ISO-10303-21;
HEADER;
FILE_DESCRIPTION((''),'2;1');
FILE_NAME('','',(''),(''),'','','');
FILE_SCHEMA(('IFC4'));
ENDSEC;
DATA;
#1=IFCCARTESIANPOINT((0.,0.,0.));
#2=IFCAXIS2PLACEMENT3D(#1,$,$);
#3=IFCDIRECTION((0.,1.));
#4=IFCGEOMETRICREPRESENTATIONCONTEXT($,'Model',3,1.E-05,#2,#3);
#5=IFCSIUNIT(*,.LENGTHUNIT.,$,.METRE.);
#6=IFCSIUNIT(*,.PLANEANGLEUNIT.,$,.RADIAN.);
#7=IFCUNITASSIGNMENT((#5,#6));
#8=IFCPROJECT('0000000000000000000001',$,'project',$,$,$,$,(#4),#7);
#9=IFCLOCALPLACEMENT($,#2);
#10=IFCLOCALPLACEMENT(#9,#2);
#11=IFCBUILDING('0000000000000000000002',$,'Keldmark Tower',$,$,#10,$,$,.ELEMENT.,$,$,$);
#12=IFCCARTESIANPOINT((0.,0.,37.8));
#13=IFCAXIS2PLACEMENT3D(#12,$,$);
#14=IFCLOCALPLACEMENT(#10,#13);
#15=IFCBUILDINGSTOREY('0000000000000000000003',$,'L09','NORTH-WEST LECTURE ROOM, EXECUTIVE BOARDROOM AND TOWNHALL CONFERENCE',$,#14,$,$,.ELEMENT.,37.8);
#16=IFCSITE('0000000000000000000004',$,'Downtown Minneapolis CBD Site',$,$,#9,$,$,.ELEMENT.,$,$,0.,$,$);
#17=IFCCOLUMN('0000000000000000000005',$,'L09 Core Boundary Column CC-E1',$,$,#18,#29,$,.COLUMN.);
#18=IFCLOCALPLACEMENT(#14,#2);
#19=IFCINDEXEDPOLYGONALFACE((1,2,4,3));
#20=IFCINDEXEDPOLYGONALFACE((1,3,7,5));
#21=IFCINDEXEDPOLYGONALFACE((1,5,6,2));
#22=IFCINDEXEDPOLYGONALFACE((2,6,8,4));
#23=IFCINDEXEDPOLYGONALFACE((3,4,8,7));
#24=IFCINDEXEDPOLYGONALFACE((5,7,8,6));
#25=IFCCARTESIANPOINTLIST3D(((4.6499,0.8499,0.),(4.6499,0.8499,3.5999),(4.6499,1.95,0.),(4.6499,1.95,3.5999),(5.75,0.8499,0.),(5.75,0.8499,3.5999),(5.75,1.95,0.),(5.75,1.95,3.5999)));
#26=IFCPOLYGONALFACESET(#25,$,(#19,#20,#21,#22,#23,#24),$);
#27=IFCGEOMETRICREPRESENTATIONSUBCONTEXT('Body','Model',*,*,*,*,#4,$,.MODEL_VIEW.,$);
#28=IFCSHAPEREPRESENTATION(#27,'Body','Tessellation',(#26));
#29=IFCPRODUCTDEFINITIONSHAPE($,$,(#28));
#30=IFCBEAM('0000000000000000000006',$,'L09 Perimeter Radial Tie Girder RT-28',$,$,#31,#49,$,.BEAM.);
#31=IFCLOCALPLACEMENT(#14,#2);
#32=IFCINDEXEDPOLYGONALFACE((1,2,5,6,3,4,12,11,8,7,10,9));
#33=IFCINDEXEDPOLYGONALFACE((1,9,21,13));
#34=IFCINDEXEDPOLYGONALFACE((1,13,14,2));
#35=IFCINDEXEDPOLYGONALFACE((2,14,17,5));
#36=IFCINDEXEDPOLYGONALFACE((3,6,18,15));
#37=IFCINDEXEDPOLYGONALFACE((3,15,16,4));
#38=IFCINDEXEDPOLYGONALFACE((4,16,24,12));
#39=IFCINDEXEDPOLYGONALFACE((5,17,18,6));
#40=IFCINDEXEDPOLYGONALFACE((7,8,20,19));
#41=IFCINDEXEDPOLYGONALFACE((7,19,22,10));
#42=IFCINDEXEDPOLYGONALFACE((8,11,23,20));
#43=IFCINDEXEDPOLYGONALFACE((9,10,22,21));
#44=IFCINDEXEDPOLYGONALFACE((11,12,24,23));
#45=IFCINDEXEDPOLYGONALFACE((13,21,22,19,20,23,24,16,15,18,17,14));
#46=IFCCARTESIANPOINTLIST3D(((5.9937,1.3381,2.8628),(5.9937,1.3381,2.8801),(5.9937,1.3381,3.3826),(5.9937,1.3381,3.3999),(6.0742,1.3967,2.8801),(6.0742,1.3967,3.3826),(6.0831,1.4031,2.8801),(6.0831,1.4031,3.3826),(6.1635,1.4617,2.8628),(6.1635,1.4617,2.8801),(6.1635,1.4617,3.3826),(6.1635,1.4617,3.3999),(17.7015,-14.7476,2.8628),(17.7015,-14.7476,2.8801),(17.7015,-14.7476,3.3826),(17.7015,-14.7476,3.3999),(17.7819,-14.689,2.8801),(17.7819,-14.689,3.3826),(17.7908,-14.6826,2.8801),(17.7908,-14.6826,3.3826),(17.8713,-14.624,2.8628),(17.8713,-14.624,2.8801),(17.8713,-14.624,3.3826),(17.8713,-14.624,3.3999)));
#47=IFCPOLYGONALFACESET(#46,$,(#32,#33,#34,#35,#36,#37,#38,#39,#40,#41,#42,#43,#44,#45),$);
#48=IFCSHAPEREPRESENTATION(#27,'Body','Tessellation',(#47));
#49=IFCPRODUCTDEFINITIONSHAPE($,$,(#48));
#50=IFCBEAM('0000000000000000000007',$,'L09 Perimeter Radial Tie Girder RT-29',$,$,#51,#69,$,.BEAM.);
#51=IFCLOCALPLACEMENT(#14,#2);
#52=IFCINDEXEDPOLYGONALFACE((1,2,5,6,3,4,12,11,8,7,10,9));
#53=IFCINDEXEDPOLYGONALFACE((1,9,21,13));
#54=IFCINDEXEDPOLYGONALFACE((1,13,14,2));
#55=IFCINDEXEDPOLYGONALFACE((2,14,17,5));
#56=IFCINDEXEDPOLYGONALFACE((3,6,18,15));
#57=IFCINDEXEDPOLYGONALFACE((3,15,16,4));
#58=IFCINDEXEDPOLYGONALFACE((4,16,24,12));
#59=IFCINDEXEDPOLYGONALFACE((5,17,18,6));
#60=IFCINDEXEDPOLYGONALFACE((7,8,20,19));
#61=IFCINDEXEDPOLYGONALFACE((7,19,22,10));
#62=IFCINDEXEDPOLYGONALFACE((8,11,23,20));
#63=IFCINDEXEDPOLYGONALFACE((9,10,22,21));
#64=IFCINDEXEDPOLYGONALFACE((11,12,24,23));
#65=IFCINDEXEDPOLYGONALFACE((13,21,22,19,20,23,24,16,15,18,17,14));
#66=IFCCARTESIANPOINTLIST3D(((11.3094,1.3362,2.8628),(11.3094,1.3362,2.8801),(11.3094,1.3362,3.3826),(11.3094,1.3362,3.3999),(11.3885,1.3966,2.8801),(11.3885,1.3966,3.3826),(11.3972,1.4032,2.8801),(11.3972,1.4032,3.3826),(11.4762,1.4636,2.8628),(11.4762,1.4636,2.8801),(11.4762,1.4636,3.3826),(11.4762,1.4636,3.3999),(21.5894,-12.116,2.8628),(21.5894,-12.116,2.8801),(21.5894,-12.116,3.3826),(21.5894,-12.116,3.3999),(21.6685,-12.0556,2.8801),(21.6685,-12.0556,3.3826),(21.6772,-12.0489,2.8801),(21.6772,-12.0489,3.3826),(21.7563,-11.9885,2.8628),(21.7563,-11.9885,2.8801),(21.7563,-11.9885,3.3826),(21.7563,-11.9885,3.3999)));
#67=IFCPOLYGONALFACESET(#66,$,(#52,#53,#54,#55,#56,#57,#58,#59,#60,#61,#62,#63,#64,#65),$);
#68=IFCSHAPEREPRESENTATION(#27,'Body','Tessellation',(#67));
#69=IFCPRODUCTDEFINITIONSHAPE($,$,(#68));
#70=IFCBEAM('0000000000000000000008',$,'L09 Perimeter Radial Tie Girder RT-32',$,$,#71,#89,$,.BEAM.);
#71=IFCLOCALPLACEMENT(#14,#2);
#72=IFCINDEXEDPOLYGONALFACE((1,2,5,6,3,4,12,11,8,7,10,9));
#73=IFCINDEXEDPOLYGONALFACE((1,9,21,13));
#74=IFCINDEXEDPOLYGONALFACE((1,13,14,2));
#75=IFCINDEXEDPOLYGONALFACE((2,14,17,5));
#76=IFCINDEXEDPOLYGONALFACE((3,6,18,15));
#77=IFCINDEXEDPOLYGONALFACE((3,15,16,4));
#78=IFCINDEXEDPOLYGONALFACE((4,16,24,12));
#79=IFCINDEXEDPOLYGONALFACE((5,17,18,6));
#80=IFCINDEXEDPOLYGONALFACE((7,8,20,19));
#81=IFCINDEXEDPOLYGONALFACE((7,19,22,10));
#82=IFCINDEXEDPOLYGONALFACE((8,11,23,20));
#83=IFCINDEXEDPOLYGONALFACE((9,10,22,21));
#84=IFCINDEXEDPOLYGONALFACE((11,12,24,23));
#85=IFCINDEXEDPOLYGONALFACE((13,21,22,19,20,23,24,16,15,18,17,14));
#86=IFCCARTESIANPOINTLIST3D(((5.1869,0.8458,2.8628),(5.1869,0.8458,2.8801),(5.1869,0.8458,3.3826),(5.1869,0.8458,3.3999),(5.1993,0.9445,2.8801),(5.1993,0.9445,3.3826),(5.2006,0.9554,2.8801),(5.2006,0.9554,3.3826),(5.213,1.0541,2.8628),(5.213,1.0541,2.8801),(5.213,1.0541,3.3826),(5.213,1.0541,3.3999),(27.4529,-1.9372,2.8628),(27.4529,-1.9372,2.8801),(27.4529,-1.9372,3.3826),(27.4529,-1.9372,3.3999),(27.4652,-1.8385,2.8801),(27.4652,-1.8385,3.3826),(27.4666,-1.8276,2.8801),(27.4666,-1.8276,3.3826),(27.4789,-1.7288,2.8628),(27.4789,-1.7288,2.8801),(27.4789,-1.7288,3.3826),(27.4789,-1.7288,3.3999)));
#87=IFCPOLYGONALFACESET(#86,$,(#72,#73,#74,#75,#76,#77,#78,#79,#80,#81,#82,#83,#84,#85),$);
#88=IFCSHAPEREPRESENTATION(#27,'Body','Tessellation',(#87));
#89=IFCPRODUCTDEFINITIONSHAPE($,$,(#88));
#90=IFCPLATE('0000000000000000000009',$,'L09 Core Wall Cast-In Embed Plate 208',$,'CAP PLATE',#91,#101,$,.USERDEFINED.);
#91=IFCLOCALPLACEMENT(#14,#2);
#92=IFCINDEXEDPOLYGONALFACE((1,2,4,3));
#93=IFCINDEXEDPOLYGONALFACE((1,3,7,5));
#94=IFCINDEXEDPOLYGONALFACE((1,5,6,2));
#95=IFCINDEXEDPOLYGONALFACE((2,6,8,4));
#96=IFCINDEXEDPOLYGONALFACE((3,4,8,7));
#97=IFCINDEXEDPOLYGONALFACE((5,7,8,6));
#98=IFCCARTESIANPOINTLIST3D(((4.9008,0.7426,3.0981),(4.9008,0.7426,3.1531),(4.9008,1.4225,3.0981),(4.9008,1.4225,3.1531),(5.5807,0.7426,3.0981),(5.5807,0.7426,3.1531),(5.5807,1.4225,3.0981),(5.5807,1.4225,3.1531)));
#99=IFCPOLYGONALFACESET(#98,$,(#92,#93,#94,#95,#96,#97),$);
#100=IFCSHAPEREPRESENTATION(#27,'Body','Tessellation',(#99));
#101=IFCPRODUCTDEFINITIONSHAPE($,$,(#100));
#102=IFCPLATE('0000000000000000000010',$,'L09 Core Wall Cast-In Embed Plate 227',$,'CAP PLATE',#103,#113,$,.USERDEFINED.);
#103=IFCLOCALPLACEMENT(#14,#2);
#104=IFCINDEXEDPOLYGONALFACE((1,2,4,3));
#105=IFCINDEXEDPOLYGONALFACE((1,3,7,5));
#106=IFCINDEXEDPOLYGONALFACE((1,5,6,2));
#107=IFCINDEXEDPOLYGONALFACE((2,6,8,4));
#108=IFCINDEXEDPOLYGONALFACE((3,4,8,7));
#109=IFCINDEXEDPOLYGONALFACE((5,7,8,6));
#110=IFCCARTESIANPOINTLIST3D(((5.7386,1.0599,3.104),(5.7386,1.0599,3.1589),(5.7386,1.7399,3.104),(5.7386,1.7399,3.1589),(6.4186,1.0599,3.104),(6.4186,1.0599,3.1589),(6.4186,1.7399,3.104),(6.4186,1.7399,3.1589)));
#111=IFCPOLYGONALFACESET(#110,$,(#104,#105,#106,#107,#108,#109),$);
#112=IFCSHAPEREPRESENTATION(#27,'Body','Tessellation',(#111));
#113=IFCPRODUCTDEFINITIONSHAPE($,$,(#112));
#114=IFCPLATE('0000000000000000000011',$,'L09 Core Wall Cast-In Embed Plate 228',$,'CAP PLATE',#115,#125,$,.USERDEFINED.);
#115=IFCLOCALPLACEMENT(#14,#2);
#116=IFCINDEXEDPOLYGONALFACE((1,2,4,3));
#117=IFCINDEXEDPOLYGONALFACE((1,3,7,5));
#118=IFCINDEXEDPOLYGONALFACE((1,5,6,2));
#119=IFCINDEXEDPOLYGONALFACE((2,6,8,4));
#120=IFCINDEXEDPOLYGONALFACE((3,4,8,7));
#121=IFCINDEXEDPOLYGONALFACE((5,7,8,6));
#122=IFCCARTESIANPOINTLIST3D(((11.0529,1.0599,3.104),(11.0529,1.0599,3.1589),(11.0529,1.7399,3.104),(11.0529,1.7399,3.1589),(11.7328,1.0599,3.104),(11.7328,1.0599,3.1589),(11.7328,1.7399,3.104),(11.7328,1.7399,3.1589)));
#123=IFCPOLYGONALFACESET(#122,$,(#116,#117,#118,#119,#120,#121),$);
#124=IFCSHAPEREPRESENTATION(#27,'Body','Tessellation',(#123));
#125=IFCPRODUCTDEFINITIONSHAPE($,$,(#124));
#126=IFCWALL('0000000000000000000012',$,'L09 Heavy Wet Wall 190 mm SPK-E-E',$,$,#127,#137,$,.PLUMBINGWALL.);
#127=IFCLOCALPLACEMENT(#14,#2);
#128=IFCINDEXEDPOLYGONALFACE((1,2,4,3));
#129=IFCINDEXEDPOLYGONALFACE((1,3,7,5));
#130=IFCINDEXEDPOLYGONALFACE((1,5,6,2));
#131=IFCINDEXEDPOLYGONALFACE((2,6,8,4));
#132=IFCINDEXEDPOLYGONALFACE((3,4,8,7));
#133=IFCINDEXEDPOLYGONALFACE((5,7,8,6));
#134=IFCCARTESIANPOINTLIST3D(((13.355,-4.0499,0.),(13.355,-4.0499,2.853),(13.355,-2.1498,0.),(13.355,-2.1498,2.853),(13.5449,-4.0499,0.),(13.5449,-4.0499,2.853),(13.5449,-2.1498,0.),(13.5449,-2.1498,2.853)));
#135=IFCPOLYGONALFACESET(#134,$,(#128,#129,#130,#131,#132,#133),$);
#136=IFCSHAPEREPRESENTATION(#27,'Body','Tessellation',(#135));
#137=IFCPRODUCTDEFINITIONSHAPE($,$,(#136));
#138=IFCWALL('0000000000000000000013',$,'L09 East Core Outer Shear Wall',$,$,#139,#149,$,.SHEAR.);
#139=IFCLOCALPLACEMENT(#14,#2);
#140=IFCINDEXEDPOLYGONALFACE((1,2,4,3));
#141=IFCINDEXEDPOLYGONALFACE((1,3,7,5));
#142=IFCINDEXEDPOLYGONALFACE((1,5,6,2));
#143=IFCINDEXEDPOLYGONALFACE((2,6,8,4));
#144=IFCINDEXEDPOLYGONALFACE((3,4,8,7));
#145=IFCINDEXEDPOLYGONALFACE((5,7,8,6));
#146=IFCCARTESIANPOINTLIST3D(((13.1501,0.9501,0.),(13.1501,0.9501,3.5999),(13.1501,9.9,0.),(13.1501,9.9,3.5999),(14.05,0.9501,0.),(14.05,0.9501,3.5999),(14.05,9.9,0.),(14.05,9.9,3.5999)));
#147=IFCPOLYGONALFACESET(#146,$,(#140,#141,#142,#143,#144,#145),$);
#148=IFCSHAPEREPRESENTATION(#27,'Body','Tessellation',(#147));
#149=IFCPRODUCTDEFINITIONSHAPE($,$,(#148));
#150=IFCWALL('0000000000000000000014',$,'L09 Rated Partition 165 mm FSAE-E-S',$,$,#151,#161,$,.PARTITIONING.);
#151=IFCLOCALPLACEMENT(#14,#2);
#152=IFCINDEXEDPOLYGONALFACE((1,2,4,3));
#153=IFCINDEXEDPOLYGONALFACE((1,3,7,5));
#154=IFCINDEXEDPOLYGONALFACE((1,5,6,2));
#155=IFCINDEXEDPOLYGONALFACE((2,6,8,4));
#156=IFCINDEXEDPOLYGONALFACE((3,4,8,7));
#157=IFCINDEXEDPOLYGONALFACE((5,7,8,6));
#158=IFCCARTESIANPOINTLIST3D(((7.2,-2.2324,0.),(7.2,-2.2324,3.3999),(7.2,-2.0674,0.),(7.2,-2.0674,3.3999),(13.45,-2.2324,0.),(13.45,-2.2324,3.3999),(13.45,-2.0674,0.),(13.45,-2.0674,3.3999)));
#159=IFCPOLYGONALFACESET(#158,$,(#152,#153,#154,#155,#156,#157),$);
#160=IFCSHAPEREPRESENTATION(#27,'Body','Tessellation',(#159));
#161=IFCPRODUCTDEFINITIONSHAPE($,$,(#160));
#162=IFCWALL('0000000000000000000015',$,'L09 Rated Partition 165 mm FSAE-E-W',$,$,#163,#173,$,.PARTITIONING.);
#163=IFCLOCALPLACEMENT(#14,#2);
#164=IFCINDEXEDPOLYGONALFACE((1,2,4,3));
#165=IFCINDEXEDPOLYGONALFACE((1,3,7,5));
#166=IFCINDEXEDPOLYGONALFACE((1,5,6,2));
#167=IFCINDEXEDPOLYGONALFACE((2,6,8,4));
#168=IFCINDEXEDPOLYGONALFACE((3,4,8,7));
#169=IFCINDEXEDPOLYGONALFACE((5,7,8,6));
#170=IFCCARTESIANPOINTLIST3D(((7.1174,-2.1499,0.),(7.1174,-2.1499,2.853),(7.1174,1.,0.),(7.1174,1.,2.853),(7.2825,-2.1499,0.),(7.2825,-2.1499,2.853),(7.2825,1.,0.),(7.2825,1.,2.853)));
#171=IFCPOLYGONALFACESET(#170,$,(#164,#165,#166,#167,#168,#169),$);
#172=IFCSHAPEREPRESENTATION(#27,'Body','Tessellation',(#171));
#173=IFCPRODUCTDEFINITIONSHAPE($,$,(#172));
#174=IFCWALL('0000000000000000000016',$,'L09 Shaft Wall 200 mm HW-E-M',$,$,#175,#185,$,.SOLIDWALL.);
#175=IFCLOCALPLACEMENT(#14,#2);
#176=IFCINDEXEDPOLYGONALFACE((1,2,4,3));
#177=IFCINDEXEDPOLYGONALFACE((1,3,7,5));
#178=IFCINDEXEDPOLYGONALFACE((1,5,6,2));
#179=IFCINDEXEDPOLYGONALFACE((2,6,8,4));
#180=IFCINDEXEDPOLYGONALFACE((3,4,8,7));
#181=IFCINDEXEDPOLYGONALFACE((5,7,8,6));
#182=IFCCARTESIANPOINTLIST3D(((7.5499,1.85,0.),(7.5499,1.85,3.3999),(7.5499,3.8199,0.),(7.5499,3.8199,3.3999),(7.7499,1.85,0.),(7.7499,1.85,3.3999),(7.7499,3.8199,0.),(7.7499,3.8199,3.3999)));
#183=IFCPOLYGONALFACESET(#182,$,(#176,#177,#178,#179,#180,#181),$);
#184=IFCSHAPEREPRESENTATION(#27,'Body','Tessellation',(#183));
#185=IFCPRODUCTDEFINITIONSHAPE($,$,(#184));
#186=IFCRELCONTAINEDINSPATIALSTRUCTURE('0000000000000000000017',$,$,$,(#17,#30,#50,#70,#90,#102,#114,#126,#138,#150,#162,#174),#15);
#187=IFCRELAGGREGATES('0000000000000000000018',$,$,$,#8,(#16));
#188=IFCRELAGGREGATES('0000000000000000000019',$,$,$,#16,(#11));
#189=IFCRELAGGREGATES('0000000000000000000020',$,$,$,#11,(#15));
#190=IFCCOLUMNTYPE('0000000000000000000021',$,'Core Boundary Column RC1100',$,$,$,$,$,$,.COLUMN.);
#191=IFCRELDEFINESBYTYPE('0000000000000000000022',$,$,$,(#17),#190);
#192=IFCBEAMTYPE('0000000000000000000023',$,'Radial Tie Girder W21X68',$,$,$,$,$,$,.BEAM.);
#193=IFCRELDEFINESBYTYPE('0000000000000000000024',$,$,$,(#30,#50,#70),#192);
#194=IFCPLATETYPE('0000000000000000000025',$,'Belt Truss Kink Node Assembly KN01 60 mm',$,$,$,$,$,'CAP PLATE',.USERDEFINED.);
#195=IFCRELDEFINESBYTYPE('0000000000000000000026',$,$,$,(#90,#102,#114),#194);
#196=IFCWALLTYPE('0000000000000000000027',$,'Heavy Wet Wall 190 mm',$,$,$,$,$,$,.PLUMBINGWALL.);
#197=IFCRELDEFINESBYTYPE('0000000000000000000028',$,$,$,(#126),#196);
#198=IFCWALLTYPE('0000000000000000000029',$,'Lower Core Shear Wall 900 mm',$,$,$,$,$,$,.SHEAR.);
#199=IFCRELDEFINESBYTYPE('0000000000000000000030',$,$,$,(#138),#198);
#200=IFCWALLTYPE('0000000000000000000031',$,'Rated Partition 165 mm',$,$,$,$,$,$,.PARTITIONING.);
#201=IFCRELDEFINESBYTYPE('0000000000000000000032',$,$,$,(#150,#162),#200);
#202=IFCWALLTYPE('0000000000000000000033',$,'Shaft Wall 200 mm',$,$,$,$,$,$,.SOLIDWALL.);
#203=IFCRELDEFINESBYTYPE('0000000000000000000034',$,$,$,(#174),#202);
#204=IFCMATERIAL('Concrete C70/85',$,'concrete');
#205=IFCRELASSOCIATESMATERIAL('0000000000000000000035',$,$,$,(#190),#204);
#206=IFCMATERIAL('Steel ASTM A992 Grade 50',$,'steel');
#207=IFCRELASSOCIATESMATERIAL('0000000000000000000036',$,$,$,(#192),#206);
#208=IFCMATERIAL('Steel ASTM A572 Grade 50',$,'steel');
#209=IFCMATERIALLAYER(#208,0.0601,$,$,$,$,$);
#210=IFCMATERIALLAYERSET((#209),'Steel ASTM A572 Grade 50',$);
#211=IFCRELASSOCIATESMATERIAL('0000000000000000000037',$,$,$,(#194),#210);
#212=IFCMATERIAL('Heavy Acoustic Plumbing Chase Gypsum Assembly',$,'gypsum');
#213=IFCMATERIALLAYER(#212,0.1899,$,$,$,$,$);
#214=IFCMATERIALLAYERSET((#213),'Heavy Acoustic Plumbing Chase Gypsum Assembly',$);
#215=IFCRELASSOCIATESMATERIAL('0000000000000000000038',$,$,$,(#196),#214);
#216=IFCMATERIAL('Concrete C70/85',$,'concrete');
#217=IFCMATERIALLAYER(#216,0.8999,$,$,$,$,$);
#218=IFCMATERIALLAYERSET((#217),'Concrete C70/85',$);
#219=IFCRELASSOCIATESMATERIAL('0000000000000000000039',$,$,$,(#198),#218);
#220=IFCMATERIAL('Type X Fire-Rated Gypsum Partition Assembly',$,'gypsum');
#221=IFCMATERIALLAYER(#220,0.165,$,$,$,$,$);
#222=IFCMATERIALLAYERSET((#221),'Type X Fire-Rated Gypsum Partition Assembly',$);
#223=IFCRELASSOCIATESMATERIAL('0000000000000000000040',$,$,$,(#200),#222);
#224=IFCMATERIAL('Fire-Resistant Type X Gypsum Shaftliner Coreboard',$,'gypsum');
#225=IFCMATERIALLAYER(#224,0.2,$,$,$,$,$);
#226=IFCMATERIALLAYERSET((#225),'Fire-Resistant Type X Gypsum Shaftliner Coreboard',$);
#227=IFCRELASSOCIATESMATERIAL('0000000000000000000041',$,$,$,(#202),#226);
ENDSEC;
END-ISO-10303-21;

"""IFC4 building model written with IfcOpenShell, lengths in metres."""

from ifc_helpers import new_model, si_unit, direction, frame, frame_2d, origin, origin_2d, place, context, subcontext, project, spatial, rectangle, i_section, extrude, material, layer, layer_set, material_profile, profile_set, type_object, element, save


model = new_model("IFC4")

# Units and contexts
model_context = context("Model", 3, precision=1e-05, world=origin(), true_north=direction((0.0, 1.0)))
body_context = subcontext(model_context, "Body", "Model", "MODEL_VIEW")
ifc_project = project(units=[si_unit("LENGTHUNIT", "METRE"), si_unit("PLANEANGLEUNIT", "RADIAN")], contexts=[model_context])

# Site, building, storey
site_placement = place(None, origin())
site = spatial("IfcSite", under=ifc_project, at=site_placement, Name="Downtown Minneapolis CBD Site", CompositionType="ELEMENT", RefElevation=0.0)
building_placement = place(site_placement, origin())
building = spatial("IfcBuilding", under=site, at=building_placement, Name="Keldmark Tower", CompositionType="ELEMENT")
storey_placement = place(building_placement, frame((0.0, 0.0, 37.8)))
storey = spatial("IfcBuildingStorey", under=building, at=storey_placement, Name="L09", Description="NORTH-WEST LECTURE ROOM, EXECUTIVE BOARDROOM AND TOWNHALL CONFERENCE", CompositionType="ELEMENT", Elevation=37.8)

# Column
ifc_material_1 = material(Name="Concrete C70/85", Category="concrete")
ifc_material_profile_1 = material_profile(ifc_material_1, rectangle(XDim=1.1001, YDim=1.1001, at=origin_2d()), Name="RC1100X1100")
ifc_profile_set_1 = profile_set([ifc_material_profile_1], Name="Concrete C70/85")
column_type = type_object("IfcColumnType", Name="Core Boundary Column RC1100", PredefinedType="COLUMN", material=ifc_profile_set_1)
column_placement = place(storey_placement, frame((5.2, 1.3999, 0.0), z_axis=(0.0, 0.0, 1.0), x_axis=(1.0, 0.0, 0.0)))
element("IfcColumn", 1, at=column_placement, inside=storey, type_object=column_type, Name="L09 Core Boundary Column CC-E1", PredefinedType="COLUMN", context=body_context, shape_type="SweptSolid", body=[
    extrude(rectangle(XDim=1.1001, YDim=1.1001, at=origin_2d()), origin(), (0.0, 0.0, 1.0), 3.5999),
])

# Beams
ifc_material_2 = material(Name="Steel ASTM A992 Grade 50", Category="steel")
ifc_material_profile_2 = material_profile(ifc_material_2, i_section(OverallWidth=0.21, OverallDepth=0.5371, WebThickness=0.011, FlangeThickness=0.0173, at=origin_2d()), Name="W21X68")
ifc_profile_set_2 = profile_set([ifc_material_profile_2], Name="Steel ASTM A992 Grade 50")
beam_type = type_object("IfcBeamType", Name="Radial Tie Girder W21X68", PredefinedType="BEAM", material=ifc_profile_set_2)
beam_1_placement = place(storey_placement, frame((6.0786, 1.3999, 3.1313), z_axis=(0.58847, -0.808519, 0.0), x_axis=(0.808519, 0.58847, 0.0)))
element("IfcBeam", 2, at=beam_1_placement, inside=storey, type_object=beam_type, Name="L09 Perimeter Radial Tie Girder RT-28", PredefinedType="BEAM", context=body_context, shape_type="SweptSolid", body=[
    extrude(i_section(OverallWidth=0.21, OverallDepth=0.5371, WebThickness=0.011, FlangeThickness=0.0173, at=origin_2d()), origin(), (0.0, 0.0, 1.0), 19.8953),
])
beam_2_placement = place(storey_placement, frame((11.3928, 1.3999, 3.1313), z_axis=(0.607193, -0.794555, 0.0), x_axis=(0.794555, 0.607193, 0.0)))
element("IfcBeam", 3, at=beam_2_placement, inside=storey, type_object=beam_type, Name="L09 Perimeter Radial Tie Girder RT-29", PredefinedType="BEAM", context=body_context, shape_type="SweptSolid", body=[
    extrude(i_section(OverallWidth=0.21, OverallDepth=0.5371, WebThickness=0.011, FlangeThickness=0.0173, at=origin_2d()), origin(), (0.0, 0.0, 1.0), 16.9304),
])
beam_3_placement = place(storey_placement, frame((5.2, 0.95, 3.1313), z_axis=(0.992279, -0.124023, 0.0), x_axis=(0.124023, 0.992279, 0.0)))
element("IfcBeam", 4, at=beam_3_placement, inside=storey, type_object=beam_type, Name="L09 Perimeter Radial Tie Girder RT-32", PredefinedType="BEAM", context=body_context, shape_type="SweptSolid", body=[
    extrude(i_section(OverallWidth=0.21, OverallDepth=0.5371, WebThickness=0.011, FlangeThickness=0.0173, at=origin_2d()), origin(), (0.0, 0.0, 1.0), 22.4392),
])

# Plates
ifc_material_3 = material(Name="Steel ASTM A572 Grade 50", Category="steel")
ifc_layer_1 = layer(ifc_material_3, 0.0601)
ifc_layer_set_1 = layer_set([ifc_layer_1], Name="Steel ASTM A572 Grade 50")
plate_type = type_object("IfcPlateType", Name="Belt Truss Kink Node Assembly KN01 60 mm", ElementType="CAP PLATE", PredefinedType="USERDEFINED", material=ifc_layer_set_1)
for number, where, z_axis, x_axis, name in (
    (5, (5.2407, 1.0825, 3.0981), (0.0, 0.0, 1.0), (1.0, 0.0, 0.0), "L09 Core Wall Cast-In Embed Plate 208"),
    (6, (6.0786, 1.3999, 3.104), (0.0, 0.0, 1.0), (1.0, 0.0, 0.0), "L09 Core Wall Cast-In Embed Plate 227"),
    (7, (11.3928, 1.3999, 3.104), (0.0, 0.0, 1.0), (1.0, 0.0, 0.0), "L09 Core Wall Cast-In Embed Plate 228"),
):
    element("IfcPlate", number, at=place(storey_placement, frame(where, z_axis=z_axis, x_axis=x_axis)), inside=storey, type_object=plate_type, Name=name, ObjectType="CAP PLATE", PredefinedType="USERDEFINED", context=body_context, shape_type="SweptSolid", body=[
        extrude(rectangle(XDim=0.6799, YDim=0.6799, at=origin_2d()), origin(), (0.0, 0.0, 1.0), 0.0549),
    ])

# Walls
ifc_material_4 = material(Name="Heavy Acoustic Plumbing Chase Gypsum Assembly", Category="gypsum")
ifc_layer_2 = layer(ifc_material_4, 0.1899)
ifc_layer_set_2 = layer_set([ifc_layer_2], Name="Heavy Acoustic Plumbing Chase Gypsum Assembly")
wall_type_1 = type_object("IfcWallType", Name="Heavy Wet Wall 190 mm", PredefinedType="PLUMBINGWALL", material=ifc_layer_set_2)
wall_1_placement = place(storey_placement, frame((13.45, -4.05, 0.0), z_axis=(0.0, 0.0, 1.0), x_axis=(0.0, 1.0, 0.0)))
element("IfcWall", 8, at=wall_1_placement, inside=storey, type_object=wall_type_1, Name="L09 Heavy Wet Wall 190 mm SPK-E-E", PredefinedType="PLUMBINGWALL", context=body_context, shape_type="SweptSolid", body=[
    extrude(rectangle(XDim=1.9001, YDim=0.1899, at=frame_2d((0.9502, 0.0))), origin(), (0.0, 0.0, 1.0), 2.853),
])
ifc_material_5 = material(Name="Concrete C70/85", Category="concrete")
ifc_layer_3 = layer(ifc_material_5, 0.8999)
ifc_layer_set_3 = layer_set([ifc_layer_3], Name="Concrete C70/85")
wall_type_2 = type_object("IfcWallType", Name="Lower Core Shear Wall 900 mm", PredefinedType="SHEAR", material=ifc_layer_set_3)
wall_2_placement = place(storey_placement, frame((13.6001, 0.95, 0.0), z_axis=(0.0, 0.0, 1.0), x_axis=(0.0, 1.0, 0.0)))
element("IfcWall", 9, at=wall_2_placement, inside=storey, type_object=wall_type_2, Name="L09 East Core Outer Shear Wall", PredefinedType="SHEAR", context=body_context, shape_type="SweptSolid", body=[
    extrude(rectangle(XDim=8.95, YDim=0.8999, at=frame_2d((4.4751, 0.0))), origin(), (0.0, 0.0, 1.0), 3.5999),
])
ifc_material_6 = material(Name="Type X Fire-Rated Gypsum Partition Assembly", Category="gypsum")
ifc_layer_4 = layer(ifc_material_6, 0.165)
ifc_layer_set_4 = layer_set([ifc_layer_4], Name="Type X Fire-Rated Gypsum Partition Assembly")
wall_type_3 = type_object("IfcWallType", Name="Rated Partition 165 mm", PredefinedType="PARTITIONING", material=ifc_layer_set_4)
wall_3_placement = place(storey_placement, frame((7.2, -2.1499, 0.0), z_axis=(0.0, 0.0, 1.0), x_axis=(1.0, 0.0, 0.0)))
element("IfcWall", 10, at=wall_3_placement, inside=storey, type_object=wall_type_3, Name="L09 Rated Partition 165 mm FSAE-E-S", PredefinedType="PARTITIONING", context=body_context, shape_type="SweptSolid", body=[
    extrude(rectangle(XDim=6.25, YDim=0.165, at=frame_2d((3.125, 0.0))), origin(), (0.0, 0.0, 1.0), 3.3999),
])
wall_4_placement = place(storey_placement, frame((7.2, -2.1499, 0.0), z_axis=(0.0, 0.0, 1.0), x_axis=(0.0, 1.0, 0.0)))
element("IfcWall", 11, at=wall_4_placement, inside=storey, type_object=wall_type_3, Name="L09 Rated Partition 165 mm FSAE-E-W", PredefinedType="PARTITIONING", context=body_context, shape_type="SweptSolid", body=[
    extrude(rectangle(XDim=3.1499, YDim=0.165, at=frame_2d((1.575, 0.0))), origin(), (0.0, 0.0, 1.0), 2.853),
])

# Wall
ifc_material_7 = material(Name="Fire-Resistant Type X Gypsum Shaftliner Coreboard", Category="gypsum")
ifc_layer_5 = layer(ifc_material_7, 0.2)
ifc_layer_set_5 = layer_set([ifc_layer_5], Name="Fire-Resistant Type X Gypsum Shaftliner Coreboard")
wall_type_4 = type_object("IfcWallType", Name="Shaft Wall 200 mm", PredefinedType="SOLIDWALL", material=ifc_layer_set_5)
wall_5_placement = place(storey_placement, frame((7.6499, 1.8501, 0.0), z_axis=(0.0, 0.0, 1.0), x_axis=(0.0, 1.0, 0.0)))
element("IfcWall", 12, at=wall_5_placement, inside=storey, type_object=wall_type_4, Name="L09 Shaft Wall 200 mm HW-E-M", PredefinedType="SOLIDWALL", context=body_context, shape_type="SweptSolid", body=[
    extrude(rectangle(XDim=1.97, YDim=0.2, at=frame_2d((0.9849, 0.0))), origin(), (0.0, 0.0, 1.0), 3.3999),
])

save(model, "model.ifc")
